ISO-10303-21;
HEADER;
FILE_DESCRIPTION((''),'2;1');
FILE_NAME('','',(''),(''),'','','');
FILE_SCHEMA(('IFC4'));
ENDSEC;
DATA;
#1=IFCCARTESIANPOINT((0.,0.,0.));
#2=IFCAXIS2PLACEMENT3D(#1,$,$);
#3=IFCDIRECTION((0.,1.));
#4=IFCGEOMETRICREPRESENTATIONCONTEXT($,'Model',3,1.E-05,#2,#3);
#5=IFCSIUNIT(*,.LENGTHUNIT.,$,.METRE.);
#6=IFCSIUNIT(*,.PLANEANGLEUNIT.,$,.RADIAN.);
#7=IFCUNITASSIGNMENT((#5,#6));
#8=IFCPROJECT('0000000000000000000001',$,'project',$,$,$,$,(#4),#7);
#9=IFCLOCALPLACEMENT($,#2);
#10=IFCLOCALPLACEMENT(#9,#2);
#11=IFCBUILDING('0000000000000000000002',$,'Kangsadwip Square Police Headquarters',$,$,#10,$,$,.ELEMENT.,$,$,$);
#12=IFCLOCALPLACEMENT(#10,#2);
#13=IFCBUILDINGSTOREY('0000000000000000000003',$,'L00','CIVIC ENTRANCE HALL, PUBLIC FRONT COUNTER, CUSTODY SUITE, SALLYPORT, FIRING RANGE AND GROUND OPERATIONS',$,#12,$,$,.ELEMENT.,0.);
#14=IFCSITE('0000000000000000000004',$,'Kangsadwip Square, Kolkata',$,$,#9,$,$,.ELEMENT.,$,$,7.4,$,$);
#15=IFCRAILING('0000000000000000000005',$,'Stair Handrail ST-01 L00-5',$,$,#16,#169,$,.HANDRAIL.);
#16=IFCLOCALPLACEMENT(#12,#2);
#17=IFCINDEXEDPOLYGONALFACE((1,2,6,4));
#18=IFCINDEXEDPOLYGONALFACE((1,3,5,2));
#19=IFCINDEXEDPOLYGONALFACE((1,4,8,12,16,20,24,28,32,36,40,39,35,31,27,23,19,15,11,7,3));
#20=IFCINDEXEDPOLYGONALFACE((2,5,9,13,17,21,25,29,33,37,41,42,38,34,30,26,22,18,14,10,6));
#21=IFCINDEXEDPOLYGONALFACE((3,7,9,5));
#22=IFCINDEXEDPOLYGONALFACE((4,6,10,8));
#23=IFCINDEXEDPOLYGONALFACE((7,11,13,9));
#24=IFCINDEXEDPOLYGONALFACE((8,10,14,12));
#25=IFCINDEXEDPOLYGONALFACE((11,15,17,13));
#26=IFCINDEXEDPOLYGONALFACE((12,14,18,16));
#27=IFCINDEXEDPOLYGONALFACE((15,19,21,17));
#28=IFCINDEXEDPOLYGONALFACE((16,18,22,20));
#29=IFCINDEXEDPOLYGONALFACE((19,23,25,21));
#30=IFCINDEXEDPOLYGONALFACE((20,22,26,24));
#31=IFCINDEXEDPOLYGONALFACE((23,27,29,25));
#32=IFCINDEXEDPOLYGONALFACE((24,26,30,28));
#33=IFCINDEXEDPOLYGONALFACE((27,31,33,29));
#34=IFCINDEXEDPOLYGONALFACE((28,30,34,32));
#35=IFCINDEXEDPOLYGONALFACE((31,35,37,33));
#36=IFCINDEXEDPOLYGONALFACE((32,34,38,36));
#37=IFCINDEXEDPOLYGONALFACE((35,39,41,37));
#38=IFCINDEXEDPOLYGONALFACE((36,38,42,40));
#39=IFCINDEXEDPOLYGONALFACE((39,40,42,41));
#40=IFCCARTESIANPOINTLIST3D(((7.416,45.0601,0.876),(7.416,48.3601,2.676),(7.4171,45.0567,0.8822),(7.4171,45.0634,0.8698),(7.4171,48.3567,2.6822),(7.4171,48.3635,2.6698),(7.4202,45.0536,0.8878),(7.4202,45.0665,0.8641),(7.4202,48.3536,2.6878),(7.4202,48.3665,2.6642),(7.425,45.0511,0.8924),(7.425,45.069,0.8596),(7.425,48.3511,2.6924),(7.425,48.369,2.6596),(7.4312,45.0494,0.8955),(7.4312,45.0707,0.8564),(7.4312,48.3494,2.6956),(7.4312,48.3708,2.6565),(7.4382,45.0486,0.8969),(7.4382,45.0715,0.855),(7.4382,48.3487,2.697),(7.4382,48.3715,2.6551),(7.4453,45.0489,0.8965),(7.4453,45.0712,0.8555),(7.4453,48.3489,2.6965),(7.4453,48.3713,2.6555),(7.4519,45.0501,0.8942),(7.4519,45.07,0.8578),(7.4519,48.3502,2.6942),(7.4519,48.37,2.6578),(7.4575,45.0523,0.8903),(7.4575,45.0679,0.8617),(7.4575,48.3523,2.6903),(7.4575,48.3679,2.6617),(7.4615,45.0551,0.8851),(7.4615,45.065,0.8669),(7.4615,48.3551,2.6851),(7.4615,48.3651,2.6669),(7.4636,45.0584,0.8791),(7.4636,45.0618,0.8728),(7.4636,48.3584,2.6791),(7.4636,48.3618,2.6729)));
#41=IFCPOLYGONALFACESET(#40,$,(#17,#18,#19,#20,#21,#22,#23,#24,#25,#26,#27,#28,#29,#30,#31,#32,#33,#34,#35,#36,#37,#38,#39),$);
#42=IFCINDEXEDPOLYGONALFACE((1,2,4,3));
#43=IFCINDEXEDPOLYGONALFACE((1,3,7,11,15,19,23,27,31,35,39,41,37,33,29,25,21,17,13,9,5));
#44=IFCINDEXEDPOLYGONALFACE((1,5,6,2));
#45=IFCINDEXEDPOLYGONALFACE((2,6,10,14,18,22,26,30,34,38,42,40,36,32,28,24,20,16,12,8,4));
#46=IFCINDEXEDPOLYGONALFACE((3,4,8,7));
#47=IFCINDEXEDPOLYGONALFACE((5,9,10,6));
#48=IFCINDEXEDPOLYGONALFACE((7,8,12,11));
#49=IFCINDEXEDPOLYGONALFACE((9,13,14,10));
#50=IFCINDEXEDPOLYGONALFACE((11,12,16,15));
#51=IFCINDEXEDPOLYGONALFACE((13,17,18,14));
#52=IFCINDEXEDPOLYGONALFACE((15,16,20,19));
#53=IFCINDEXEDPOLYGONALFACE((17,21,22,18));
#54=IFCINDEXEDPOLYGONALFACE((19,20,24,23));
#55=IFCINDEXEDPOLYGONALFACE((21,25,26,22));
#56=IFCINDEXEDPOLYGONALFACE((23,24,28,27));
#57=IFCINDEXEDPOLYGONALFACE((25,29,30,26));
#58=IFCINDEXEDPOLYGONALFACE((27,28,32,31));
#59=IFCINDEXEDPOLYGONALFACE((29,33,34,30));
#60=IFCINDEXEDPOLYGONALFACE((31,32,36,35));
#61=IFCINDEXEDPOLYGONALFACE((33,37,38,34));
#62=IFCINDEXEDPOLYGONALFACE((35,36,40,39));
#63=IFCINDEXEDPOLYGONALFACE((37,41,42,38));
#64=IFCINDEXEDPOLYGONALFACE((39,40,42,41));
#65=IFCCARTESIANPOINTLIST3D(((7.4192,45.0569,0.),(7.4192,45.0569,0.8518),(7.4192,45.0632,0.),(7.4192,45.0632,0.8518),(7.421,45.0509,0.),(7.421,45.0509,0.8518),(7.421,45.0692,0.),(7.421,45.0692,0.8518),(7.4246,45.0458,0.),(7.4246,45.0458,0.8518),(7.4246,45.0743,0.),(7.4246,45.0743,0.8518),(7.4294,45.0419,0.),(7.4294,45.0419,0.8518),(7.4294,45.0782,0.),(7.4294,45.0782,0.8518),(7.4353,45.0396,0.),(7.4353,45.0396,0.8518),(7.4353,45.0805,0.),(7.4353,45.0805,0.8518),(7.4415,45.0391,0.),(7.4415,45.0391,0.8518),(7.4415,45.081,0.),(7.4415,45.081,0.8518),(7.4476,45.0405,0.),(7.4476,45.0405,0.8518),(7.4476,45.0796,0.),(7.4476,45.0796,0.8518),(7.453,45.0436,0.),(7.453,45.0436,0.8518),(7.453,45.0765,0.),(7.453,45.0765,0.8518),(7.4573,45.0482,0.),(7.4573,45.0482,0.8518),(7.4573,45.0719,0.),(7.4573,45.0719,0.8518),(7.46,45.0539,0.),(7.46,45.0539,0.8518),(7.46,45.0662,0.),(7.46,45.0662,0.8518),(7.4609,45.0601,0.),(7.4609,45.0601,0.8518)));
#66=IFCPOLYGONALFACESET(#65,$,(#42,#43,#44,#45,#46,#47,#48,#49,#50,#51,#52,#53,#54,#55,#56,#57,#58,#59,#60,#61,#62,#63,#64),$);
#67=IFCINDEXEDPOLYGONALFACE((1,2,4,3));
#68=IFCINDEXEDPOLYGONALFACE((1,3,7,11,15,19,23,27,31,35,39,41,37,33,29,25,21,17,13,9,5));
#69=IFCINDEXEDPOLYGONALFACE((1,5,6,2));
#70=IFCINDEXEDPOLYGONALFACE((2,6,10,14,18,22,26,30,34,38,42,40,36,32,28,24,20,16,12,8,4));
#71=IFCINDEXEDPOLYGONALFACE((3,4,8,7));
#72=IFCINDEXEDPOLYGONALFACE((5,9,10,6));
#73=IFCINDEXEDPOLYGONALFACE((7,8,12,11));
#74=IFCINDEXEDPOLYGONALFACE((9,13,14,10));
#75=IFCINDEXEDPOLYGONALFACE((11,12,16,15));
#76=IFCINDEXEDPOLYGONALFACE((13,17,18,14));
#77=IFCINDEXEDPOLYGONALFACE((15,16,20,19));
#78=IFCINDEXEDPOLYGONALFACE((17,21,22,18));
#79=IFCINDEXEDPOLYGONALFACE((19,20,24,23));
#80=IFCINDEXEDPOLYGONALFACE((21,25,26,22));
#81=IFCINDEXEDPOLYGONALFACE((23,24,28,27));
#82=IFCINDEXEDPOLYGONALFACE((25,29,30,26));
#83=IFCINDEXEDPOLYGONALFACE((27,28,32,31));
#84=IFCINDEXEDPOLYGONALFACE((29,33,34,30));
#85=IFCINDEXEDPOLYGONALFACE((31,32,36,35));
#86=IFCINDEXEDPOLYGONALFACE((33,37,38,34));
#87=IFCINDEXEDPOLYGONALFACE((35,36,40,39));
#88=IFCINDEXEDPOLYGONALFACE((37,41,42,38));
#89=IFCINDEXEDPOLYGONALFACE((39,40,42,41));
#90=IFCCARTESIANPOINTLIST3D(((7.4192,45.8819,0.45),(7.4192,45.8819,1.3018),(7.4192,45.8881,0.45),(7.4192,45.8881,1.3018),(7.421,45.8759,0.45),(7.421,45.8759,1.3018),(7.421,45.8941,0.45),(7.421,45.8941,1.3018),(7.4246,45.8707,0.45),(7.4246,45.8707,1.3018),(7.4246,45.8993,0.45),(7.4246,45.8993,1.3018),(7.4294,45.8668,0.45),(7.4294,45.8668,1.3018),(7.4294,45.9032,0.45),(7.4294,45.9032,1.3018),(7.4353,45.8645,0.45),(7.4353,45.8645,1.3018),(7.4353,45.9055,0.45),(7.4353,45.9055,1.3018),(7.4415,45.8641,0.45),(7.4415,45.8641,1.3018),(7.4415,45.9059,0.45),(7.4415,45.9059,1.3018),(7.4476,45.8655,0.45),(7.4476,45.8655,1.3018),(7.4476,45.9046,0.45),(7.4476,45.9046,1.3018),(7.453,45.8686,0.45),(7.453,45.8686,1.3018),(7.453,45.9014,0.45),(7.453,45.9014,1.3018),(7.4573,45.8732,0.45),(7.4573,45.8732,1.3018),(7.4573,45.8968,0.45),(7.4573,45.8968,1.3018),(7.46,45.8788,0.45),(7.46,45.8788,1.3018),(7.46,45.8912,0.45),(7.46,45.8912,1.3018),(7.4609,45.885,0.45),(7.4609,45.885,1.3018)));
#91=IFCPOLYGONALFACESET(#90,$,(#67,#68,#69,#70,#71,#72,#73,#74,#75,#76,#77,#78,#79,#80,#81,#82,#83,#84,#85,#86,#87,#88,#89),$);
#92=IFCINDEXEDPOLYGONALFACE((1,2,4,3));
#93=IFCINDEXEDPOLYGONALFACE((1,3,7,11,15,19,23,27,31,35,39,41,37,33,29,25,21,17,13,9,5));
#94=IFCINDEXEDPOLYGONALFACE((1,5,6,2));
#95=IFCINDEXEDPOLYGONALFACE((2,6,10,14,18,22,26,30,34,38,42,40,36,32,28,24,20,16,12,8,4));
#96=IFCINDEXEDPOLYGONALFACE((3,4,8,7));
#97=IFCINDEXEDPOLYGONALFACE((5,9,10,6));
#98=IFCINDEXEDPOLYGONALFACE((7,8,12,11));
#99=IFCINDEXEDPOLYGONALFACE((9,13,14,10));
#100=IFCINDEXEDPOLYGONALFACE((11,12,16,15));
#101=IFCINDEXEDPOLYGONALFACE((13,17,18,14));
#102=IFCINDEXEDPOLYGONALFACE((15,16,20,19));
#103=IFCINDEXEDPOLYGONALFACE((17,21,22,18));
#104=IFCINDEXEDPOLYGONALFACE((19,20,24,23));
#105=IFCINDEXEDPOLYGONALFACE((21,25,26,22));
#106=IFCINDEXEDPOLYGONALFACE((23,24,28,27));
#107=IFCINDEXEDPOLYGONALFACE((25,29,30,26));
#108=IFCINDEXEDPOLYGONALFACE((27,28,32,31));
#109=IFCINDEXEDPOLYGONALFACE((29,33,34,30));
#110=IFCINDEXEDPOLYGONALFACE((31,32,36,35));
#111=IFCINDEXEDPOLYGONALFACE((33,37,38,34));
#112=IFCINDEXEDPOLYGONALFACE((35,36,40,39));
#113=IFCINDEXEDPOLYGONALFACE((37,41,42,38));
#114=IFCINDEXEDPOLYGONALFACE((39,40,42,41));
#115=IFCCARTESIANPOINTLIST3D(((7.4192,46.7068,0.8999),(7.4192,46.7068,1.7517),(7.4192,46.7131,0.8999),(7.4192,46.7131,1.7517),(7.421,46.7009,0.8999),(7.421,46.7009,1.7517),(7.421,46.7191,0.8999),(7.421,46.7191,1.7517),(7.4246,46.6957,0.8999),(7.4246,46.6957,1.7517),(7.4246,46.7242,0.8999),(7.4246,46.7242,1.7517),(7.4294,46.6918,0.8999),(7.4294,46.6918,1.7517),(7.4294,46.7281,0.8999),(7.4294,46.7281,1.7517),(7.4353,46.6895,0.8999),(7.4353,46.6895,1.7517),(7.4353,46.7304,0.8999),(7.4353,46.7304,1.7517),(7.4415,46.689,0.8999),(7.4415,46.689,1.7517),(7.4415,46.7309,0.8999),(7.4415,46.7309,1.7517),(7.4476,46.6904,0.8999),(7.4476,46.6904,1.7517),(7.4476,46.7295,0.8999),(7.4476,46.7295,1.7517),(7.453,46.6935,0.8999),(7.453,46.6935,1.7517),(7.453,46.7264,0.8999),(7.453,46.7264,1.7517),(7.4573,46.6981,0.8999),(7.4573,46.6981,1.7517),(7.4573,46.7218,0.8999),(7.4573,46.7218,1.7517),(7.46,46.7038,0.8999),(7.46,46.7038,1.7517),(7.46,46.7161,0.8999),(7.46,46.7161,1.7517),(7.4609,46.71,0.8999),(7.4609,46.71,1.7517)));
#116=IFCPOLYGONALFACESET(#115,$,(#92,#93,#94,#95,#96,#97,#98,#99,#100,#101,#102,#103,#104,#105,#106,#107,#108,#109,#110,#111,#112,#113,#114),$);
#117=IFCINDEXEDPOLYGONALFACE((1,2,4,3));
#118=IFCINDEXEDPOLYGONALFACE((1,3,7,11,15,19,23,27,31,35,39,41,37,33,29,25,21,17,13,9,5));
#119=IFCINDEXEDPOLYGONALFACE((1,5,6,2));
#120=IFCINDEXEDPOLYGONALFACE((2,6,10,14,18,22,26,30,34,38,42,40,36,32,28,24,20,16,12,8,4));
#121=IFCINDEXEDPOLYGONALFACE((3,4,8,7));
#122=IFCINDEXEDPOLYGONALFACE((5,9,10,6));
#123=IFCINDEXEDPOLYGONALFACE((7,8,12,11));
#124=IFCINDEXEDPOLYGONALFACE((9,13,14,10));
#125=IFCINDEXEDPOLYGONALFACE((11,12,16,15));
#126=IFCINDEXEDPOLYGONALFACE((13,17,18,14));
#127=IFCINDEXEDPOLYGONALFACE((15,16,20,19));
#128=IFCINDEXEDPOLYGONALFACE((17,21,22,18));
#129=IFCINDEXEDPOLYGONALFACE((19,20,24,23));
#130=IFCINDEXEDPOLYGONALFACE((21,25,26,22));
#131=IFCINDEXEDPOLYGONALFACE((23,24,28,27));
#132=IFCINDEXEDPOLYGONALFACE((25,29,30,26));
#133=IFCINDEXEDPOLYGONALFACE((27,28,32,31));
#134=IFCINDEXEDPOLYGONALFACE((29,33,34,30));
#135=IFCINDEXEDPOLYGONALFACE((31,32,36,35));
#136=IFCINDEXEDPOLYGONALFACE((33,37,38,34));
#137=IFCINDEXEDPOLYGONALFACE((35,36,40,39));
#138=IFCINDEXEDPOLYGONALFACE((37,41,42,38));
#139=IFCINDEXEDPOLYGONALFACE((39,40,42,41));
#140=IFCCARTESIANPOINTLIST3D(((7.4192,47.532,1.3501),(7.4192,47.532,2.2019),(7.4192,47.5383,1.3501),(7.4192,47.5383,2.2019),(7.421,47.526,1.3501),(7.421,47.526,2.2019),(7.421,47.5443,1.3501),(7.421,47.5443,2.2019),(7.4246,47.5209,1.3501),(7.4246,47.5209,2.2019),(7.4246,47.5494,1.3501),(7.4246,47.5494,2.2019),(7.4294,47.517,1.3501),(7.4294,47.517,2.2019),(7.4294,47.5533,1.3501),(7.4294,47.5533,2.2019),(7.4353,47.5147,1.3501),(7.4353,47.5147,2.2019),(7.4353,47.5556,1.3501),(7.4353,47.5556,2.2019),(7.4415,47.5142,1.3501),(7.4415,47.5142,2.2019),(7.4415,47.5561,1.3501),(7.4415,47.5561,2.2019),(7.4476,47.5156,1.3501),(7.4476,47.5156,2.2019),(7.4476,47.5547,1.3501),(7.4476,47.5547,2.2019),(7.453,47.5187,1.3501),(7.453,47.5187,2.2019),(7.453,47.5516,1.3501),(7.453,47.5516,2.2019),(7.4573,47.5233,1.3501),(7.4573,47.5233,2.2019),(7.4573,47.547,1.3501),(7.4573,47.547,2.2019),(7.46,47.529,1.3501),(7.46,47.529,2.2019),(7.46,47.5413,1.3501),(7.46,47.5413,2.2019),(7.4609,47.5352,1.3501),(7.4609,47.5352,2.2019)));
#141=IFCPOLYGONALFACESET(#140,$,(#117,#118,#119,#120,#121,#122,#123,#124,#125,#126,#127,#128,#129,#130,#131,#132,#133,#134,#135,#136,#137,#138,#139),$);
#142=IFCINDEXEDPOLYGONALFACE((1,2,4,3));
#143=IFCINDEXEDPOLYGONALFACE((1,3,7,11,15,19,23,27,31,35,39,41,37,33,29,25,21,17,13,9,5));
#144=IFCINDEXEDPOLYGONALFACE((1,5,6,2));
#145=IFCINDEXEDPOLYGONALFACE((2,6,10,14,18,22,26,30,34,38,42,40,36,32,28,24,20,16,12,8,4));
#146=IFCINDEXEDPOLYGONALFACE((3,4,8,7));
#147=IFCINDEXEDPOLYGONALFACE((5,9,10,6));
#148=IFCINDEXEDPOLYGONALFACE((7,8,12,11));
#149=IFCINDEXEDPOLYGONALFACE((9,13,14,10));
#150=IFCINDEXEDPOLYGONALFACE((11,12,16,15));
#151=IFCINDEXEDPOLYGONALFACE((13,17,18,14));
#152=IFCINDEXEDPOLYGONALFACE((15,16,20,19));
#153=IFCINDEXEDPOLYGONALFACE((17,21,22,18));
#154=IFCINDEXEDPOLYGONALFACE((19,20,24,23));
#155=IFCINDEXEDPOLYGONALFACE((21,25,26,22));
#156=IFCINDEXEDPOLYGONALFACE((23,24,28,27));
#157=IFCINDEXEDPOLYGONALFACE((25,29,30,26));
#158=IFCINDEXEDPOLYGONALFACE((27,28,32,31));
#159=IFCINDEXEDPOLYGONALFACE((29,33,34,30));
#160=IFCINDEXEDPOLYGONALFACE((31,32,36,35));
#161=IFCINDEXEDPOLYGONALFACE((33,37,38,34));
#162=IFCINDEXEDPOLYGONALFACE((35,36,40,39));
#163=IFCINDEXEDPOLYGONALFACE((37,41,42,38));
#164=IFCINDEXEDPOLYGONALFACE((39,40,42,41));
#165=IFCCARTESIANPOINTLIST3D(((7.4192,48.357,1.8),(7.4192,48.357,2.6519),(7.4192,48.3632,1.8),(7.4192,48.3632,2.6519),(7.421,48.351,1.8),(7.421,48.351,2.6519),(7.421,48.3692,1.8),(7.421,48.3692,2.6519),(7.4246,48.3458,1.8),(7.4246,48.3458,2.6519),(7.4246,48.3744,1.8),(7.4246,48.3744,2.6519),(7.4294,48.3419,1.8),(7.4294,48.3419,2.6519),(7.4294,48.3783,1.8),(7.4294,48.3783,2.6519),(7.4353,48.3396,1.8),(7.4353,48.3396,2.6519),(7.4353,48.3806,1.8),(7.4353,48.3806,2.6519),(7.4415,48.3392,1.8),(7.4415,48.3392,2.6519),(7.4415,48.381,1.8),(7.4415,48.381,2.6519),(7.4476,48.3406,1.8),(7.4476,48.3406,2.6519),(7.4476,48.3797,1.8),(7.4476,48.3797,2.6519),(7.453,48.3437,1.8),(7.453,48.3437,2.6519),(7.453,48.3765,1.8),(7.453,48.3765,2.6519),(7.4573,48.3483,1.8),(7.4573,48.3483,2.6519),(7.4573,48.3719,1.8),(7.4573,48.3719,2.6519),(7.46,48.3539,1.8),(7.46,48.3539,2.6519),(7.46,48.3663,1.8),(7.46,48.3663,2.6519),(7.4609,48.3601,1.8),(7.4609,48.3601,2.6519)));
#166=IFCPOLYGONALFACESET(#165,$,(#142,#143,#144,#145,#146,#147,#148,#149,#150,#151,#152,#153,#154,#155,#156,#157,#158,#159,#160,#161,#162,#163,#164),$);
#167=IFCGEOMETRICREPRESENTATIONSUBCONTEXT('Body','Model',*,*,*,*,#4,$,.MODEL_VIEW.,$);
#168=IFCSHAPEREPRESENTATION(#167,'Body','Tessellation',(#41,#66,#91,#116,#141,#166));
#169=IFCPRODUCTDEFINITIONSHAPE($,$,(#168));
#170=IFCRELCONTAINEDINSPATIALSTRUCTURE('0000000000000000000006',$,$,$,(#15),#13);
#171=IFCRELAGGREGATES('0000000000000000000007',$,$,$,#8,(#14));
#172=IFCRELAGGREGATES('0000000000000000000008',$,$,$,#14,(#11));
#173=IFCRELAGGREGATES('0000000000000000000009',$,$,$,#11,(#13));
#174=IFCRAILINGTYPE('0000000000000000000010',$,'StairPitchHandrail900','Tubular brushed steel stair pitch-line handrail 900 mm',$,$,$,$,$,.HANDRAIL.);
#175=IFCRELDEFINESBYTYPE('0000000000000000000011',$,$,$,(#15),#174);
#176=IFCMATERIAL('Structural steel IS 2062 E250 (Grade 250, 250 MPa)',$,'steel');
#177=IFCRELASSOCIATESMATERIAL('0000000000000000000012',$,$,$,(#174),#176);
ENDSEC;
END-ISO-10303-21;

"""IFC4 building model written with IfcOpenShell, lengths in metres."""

from ifc_helpers import new_model, si_unit, direction, frame, origin, origin_2d, place, context, subcontext, project, spatial, circle, extrude, material, type_object, element, save


model = new_model("IFC4")

# Units and contexts
model_context = context("Model", 3, precision=1e-05, world=origin(), true_north=direction((0.0, 1.0)))
body_context = subcontext(model_context, "Body", "Model", "MODEL_VIEW")
ifc_project = project(units=[si_unit("LENGTHUNIT", "METRE"), si_unit("PLANEANGLEUNIT", "RADIAN")], contexts=[model_context])

# Site, building, storey
site_placement = place(None, origin())
site = spatial("IfcSite", under=ifc_project, at=site_placement, Name="Kangsadwip Square, Kolkata", CompositionType="ELEMENT", RefElevation=7.4)
building_placement = place(site_placement, origin())
building = spatial("IfcBuilding", under=site, at=building_placement, Name="Kangsadwip Square Police Headquarters", CompositionType="ELEMENT")
storey_placement = place(building_placement, origin())
storey = spatial("IfcBuildingStorey", under=building, at=storey_placement, Name="L00", Description="CIVIC ENTRANCE HALL, PUBLIC FRONT COUNTER, CUSTODY SUITE, SALLYPORT, FIRING RANGE AND GROUND OPERATIONS", CompositionType="ELEMENT", Elevation=0.0)

# Railing
ifc_material_1 = material(Name="Structural steel IS 2062 E250 (Grade 250, 250 MPa)", Category="steel")
railing_type_1 = type_object("IfcRailingType", Name="StairPitchHandrail900", Description="Tubular brushed steel stair pitch-line handrail 900 mm", PredefinedType="HANDRAIL", material=ifc_material_1)
railing_1_placement = place(storey_placement, frame((7.4399, 45.0601, 0.0)))
element("IfcRailing", 1, at=railing_1_placement, inside=storey, type_object=railing_type_1, Name="Stair Handrail ST-01 L00-5", PredefinedType="HANDRAIL", context=body_context, shape_type="SweptSolid", body=[
    extrude(circle(Radius=0.0239, at=origin_2d()), frame((0.0, 0.0, 0.876), z_axis=(0.0, 0.877893, 0.478857), x_axis=(-1.0, 0.0, 0.0)), (0.0, 0.0, 1.0), 3.759),
    extrude(circle(Radius=0.021, at=origin_2d()), origin(), (0.0, 0.0, 1.0), 0.8518),
    extrude(circle(Radius=0.021, at=origin_2d()), frame((0.0, 0.825, 0.45)), (0.0, 0.0, 1.0), 0.8518),
    extrude(circle(Radius=0.021, at=origin_2d()), frame((0.0, 1.6499, 0.8999)), (0.0, 0.0, 1.0), 0.8518),
    extrude(circle(Radius=0.021, at=origin_2d()), frame((0.0, 2.4751, 1.3501)), (0.0, 0.0, 1.0), 0.8518),
    extrude(circle(Radius=0.021, at=origin_2d()), frame((0.0, 3.3, 1.8)), (0.0, 0.0, 1.0), 0.8518),
])

save(model, "model.ifc")
